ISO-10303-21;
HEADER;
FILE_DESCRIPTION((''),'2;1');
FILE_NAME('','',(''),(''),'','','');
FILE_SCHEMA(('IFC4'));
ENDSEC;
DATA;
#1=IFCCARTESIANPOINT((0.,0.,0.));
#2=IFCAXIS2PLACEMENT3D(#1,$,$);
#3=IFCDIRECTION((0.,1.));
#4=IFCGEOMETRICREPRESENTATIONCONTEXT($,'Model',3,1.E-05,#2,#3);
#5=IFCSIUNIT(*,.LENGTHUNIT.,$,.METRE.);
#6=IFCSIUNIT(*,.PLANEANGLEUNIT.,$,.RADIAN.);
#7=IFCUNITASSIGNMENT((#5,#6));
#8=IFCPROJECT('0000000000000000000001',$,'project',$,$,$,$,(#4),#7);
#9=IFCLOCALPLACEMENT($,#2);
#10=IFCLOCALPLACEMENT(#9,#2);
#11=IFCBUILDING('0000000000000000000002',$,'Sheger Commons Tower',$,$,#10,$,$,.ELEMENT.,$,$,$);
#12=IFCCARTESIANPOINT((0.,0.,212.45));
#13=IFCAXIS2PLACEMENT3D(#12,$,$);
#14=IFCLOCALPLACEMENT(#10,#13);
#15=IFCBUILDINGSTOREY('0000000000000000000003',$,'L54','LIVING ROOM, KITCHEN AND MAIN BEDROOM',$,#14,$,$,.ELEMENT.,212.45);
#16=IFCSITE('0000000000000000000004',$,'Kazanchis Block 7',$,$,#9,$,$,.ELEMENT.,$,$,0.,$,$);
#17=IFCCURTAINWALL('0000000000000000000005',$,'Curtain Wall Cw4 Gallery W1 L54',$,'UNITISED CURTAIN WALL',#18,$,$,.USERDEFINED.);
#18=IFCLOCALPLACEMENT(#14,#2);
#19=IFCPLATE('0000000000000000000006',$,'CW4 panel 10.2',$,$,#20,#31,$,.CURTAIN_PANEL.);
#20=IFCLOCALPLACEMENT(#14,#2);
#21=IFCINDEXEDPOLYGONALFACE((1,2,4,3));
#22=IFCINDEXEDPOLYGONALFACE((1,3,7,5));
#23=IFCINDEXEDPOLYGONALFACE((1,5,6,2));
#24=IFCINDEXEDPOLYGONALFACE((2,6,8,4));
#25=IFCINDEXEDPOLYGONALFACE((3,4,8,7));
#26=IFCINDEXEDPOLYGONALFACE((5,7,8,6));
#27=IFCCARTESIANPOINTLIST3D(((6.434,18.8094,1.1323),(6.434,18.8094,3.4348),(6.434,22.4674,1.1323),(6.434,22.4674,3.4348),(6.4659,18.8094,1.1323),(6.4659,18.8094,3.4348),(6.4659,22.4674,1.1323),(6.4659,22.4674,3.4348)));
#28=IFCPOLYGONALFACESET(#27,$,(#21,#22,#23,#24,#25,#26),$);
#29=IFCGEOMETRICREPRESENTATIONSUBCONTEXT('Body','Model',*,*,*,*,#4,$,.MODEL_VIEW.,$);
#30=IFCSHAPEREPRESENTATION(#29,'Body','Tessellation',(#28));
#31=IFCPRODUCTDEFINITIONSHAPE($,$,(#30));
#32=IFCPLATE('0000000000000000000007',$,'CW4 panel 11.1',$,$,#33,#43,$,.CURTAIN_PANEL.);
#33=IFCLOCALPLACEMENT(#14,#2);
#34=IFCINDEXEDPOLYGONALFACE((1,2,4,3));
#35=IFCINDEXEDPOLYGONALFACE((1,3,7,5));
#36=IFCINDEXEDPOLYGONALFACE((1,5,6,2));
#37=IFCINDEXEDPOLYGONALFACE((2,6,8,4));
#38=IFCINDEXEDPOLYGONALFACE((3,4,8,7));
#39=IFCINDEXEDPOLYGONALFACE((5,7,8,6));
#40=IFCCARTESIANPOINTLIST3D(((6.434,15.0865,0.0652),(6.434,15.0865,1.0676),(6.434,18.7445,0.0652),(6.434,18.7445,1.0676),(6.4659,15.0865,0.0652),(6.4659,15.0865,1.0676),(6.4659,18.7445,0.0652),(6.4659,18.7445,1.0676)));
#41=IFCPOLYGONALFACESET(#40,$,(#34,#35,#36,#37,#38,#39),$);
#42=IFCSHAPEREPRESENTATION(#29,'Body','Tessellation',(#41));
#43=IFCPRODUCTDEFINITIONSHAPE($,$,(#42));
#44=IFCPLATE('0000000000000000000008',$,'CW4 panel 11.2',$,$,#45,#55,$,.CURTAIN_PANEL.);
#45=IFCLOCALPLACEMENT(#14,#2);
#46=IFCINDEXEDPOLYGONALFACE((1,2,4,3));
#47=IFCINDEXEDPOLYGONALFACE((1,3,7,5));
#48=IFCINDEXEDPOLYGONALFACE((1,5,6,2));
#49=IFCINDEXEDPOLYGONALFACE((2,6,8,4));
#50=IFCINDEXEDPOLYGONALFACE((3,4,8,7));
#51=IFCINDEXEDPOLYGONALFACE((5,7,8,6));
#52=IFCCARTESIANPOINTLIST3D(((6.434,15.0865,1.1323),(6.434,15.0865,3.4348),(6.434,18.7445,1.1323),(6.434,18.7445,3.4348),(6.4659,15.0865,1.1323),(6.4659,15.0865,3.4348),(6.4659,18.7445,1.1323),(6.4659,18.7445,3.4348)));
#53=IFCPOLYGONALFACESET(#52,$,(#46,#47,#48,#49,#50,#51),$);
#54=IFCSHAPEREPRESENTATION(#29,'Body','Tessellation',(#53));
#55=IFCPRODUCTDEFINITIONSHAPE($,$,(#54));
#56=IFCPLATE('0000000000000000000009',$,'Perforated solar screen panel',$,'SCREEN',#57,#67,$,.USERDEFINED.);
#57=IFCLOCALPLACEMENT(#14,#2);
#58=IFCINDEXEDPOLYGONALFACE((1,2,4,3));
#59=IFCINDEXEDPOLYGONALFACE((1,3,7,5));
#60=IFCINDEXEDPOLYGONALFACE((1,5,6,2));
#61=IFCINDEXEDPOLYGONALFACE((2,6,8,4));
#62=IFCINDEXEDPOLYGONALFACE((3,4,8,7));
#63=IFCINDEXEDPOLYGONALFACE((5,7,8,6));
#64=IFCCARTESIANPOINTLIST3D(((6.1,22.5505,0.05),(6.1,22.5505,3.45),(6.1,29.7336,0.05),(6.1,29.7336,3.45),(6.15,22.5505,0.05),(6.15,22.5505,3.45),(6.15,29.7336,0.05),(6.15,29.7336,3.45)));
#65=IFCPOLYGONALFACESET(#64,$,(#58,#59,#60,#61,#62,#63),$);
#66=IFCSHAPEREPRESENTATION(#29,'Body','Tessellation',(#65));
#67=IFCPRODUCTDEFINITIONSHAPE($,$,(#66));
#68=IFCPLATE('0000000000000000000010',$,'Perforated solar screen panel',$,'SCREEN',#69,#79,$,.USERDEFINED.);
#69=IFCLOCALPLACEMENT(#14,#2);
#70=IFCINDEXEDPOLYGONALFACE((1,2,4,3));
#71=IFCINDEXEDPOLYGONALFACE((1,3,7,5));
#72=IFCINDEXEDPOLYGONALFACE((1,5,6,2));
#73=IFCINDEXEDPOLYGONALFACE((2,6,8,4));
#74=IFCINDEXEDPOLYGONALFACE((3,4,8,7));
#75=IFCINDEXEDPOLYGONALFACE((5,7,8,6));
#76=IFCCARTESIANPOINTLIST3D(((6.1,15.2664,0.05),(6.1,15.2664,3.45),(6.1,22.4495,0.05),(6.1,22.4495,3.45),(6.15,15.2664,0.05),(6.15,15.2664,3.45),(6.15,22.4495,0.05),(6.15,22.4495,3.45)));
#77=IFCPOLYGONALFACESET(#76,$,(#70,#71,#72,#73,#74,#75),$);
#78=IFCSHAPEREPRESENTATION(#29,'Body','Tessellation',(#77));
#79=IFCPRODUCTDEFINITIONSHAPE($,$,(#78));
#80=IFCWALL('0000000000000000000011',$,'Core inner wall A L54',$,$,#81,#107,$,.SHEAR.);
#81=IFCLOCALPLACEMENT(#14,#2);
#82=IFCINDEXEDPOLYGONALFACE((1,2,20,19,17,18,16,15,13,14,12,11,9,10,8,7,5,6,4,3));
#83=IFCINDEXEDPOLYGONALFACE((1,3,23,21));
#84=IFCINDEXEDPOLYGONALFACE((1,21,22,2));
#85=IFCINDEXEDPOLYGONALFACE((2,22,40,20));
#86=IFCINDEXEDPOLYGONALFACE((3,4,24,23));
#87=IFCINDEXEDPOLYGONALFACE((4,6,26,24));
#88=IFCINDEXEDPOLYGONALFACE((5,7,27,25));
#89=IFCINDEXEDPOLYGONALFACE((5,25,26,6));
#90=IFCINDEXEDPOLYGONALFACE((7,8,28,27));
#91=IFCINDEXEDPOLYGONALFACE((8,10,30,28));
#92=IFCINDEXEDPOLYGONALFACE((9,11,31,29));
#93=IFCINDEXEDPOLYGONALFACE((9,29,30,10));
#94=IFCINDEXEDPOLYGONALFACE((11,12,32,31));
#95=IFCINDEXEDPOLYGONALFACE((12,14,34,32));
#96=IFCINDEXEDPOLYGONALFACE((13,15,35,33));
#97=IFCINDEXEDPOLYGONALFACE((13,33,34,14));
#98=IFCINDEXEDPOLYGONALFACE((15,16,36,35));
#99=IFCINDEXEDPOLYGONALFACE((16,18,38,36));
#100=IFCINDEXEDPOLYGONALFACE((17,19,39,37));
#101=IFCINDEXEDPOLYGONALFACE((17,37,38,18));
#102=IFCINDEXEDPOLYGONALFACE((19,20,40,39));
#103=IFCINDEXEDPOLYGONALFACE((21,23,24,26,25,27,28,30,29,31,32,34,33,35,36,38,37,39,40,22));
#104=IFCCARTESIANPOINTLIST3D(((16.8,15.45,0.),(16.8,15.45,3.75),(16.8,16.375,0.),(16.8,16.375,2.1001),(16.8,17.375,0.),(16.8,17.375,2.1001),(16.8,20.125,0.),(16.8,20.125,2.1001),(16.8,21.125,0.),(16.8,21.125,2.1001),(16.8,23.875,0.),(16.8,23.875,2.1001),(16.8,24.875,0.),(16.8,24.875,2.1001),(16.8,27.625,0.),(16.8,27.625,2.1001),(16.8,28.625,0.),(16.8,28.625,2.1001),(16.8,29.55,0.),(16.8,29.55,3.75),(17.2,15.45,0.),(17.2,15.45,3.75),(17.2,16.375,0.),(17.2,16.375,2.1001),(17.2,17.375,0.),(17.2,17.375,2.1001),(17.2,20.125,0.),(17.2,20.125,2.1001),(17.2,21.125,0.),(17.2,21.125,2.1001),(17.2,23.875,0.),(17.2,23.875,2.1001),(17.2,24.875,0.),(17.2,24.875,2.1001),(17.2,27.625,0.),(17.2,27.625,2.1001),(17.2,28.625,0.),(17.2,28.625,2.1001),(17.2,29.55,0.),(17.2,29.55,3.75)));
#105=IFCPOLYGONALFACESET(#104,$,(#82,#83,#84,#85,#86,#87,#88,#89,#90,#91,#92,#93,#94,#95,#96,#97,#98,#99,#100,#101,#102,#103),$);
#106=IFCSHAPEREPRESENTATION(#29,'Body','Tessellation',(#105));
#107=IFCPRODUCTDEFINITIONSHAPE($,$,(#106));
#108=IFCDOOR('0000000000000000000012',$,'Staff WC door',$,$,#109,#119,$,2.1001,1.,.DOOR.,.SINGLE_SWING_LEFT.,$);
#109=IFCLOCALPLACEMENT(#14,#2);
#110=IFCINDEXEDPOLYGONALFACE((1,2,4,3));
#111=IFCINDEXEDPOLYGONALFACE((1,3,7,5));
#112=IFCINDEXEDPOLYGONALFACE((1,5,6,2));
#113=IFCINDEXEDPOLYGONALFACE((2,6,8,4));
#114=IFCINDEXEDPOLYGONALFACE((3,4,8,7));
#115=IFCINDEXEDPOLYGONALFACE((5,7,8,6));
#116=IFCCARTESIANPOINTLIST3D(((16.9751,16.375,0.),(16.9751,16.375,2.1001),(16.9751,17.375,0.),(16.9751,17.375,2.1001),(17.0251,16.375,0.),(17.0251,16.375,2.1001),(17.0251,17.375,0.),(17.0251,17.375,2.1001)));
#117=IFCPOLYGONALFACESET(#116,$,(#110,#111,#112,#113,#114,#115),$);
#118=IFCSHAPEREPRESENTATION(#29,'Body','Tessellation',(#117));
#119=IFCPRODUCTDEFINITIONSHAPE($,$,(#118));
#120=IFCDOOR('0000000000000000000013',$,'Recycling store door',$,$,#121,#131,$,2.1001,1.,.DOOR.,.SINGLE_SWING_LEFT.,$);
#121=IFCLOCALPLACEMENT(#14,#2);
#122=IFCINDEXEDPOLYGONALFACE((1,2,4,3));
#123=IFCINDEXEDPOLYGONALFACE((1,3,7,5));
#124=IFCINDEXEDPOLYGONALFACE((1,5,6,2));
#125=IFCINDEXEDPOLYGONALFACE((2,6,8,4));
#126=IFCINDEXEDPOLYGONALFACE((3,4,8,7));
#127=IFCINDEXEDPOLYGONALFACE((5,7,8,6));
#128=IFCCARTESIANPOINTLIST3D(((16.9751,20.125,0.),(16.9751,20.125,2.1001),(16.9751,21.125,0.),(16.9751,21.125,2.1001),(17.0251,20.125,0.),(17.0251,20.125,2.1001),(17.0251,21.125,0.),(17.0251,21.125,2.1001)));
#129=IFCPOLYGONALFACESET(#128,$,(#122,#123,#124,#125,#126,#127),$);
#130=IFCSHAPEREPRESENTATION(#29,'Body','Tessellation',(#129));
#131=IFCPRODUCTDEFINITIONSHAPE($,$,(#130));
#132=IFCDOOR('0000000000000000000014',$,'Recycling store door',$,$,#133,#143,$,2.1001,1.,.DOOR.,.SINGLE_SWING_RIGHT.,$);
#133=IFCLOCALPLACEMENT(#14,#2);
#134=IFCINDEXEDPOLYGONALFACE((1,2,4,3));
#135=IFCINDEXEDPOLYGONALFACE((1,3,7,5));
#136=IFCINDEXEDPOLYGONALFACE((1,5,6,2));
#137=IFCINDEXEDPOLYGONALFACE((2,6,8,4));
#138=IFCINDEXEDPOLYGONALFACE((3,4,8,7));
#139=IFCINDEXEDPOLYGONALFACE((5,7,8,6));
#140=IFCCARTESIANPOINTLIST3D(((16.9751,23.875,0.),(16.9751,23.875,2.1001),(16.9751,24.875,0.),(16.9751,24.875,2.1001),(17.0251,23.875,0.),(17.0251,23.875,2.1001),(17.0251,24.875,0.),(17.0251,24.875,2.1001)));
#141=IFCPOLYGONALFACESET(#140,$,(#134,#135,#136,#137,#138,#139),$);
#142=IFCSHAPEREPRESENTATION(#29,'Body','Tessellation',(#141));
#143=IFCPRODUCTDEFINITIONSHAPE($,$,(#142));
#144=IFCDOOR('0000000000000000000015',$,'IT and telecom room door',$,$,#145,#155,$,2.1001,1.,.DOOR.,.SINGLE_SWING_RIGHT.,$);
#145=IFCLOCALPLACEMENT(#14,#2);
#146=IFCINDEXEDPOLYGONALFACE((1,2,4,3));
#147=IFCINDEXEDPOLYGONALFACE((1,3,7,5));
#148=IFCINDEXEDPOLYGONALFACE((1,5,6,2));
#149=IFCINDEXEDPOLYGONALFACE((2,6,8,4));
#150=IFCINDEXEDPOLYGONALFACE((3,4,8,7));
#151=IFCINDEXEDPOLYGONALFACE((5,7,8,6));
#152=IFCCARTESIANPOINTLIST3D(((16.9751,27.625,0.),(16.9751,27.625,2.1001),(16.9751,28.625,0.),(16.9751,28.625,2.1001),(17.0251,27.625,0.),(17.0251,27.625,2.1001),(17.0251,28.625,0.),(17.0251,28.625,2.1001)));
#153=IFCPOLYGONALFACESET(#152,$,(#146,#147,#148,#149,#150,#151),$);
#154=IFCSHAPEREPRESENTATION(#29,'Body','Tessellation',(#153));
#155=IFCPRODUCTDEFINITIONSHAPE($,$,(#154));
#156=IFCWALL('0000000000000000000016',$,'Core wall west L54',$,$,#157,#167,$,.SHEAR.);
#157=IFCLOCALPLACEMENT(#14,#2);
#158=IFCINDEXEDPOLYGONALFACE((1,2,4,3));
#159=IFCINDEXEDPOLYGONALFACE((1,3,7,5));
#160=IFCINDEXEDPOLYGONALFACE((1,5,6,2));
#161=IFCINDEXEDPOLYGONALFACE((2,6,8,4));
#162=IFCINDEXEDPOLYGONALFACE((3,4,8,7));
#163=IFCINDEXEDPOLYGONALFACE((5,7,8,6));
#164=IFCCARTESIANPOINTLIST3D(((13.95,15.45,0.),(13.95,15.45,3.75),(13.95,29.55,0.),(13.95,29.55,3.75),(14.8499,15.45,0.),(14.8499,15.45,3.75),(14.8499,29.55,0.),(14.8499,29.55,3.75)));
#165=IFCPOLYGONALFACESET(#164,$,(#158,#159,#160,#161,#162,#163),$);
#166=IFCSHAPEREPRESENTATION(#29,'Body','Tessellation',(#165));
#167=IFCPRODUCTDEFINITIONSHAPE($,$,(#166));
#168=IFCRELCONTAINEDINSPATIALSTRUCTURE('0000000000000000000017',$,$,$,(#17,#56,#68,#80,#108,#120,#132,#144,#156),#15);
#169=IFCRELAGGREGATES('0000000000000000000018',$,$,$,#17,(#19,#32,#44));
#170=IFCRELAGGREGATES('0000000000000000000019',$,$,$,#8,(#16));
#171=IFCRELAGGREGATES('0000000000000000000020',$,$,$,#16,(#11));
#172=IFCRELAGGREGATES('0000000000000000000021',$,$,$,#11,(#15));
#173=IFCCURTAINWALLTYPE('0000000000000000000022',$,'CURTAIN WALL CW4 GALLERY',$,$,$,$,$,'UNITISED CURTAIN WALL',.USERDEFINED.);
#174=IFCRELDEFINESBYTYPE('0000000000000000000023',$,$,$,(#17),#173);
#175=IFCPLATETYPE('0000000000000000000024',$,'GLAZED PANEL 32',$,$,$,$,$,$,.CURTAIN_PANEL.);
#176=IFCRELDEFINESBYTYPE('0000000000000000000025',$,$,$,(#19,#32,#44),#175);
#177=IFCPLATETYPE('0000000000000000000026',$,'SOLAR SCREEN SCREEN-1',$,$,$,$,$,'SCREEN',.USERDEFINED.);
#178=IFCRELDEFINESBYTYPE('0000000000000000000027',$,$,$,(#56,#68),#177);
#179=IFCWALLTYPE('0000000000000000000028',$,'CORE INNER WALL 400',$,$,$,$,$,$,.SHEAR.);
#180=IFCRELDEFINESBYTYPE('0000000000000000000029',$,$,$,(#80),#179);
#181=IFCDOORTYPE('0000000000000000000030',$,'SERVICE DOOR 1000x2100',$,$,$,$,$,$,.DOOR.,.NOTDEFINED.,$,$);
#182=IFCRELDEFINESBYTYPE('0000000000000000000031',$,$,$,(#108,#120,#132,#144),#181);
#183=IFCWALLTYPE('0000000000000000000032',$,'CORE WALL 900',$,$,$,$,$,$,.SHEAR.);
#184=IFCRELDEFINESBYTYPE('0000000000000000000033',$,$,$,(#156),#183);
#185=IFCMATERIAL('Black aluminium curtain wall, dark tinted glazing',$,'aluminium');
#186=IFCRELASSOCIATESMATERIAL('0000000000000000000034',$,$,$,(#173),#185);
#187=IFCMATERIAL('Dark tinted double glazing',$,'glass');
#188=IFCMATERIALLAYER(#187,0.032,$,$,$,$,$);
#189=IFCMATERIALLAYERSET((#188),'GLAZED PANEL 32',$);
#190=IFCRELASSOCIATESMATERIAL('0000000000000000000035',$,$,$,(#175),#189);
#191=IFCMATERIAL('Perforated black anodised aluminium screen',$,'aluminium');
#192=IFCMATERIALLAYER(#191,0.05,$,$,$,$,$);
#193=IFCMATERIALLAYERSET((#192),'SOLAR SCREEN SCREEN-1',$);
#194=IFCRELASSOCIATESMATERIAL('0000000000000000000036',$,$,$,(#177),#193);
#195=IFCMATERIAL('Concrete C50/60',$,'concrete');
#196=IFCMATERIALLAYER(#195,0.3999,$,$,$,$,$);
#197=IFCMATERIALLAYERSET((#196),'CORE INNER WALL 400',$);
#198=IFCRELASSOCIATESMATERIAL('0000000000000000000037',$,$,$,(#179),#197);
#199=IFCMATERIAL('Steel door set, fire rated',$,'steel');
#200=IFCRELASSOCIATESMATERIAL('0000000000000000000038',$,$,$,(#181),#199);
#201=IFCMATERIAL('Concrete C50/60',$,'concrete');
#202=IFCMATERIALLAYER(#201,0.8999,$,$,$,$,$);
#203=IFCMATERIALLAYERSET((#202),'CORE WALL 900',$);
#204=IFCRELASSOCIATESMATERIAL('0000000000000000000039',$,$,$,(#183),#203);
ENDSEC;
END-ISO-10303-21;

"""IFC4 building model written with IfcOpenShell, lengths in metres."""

from ifc_helpers import new_model, si_unit, direction, frame, frame_2d, origin, origin_2d, place, context, subcontext, project, spatial, rectangle, extrude, material, layer, layer_set, type_object, element, fill, aggregate, save


model = new_model("IFC4")

# Units and contexts
model_context = context("Model", 3, precision=1e-05, world=origin(), true_north=direction((0.0, 1.0)))
body_context = subcontext(model_context, "Body", "Model", "MODEL_VIEW")
ifc_project = project(units=[si_unit("LENGTHUNIT", "METRE"), si_unit("PLANEANGLEUNIT", "RADIAN")], contexts=[model_context])

# Site, building, storey
site_placement = place(None, origin())
site = spatial("IfcSite", under=ifc_project, at=site_placement, Name="Kazanchis Block 7", CompositionType="ELEMENT", RefElevation=0.0)
building_placement = place(site_placement, origin())
building = spatial("IfcBuilding", under=site, at=building_placement, Name="Sheger Commons Tower", CompositionType="ELEMENT")
storey_placement = place(building_placement, frame((0.0, 0.0, 212.45)))
storey = spatial("IfcBuildingStorey", under=building, at=storey_placement, Name="L54", Description="LIVING ROOM, KITCHEN AND MAIN BEDROOM", CompositionType="ELEMENT", Elevation=212.45)

# Curtain wall
ifc_material_1 = material(Name="Black aluminium curtain wall, dark tinted glazing", Category="aluminium")
curtain_wall_type = type_object("IfcCurtainWallType", Name="CURTAIN WALL CW4 GALLERY", ElementType="UNITISED CURTAIN WALL", PredefinedType="USERDEFINED", material=ifc_material_1)
curtain_wall_placement = place(storey_placement, origin())
curtain_wall = element("IfcCurtainWall", 1, at=curtain_wall_placement, inside=storey, type_object=curtain_wall_type, Name="Curtain Wall Cw4 Gallery W1 L54", ObjectType="UNITISED CURTAIN WALL", PredefinedType="USERDEFINED")

# Plates
ifc_material_2 = material(Name="Dark tinted double glazing", Category="glass")
ifc_layer_1 = layer(ifc_material_2, 0.032)
ifc_layer_set_1 = layer_set([ifc_layer_1], Name="GLAZED PANEL 32")
plate_type_1 = type_object("IfcPlateType", Name="GLAZED PANEL 32", PredefinedType="CURTAIN_PANEL", material=ifc_layer_set_1)
plate_1_placement = place(storey_placement, frame((6.45, 20.6384, 1.1323), z_axis=(0.0, 0.0, 1.0), x_axis=(0.0, -1.0, 0.0)))
plate_1 = element("IfcPlate", 2, at=plate_1_placement, type_object=plate_type_1, Name="CW4 panel 10.2", PredefinedType="CURTAIN_PANEL", context=body_context, shape_type="SweptSolid", body=[
    extrude(rectangle(XDim=3.658, YDim=0.032, at=origin_2d()), origin(), (0.0, 0.0, 1.0), 2.3025),
])
plate_2_placement = place(storey_placement, frame((6.45, 16.9155, 0.0652), z_axis=(0.0, 0.0, 1.0), x_axis=(0.0, -1.0, 0.0)))
plate_2 = element("IfcPlate", 3, at=plate_2_placement, type_object=plate_type_1, Name="CW4 panel 11.1", PredefinedType="CURTAIN_PANEL", context=body_context, shape_type="SweptSolid", body=[
    extrude(rectangle(XDim=3.658, YDim=0.032, at=origin_2d()), origin(), (0.0, 0.0, 1.0), 1.0024),
])
plate_3_placement = place(storey_placement, frame((6.45, 16.9155, 1.1323), z_axis=(0.0, 0.0, 1.0), x_axis=(0.0, -1.0, 0.0)))
plate_3 = element("IfcPlate", 4, at=plate_3_placement, type_object=plate_type_1, Name="CW4 panel 11.2", PredefinedType="CURTAIN_PANEL", context=body_context, shape_type="SweptSolid", body=[
    extrude(rectangle(XDim=3.658, YDim=0.032, at=origin_2d()), origin(), (0.0, 0.0, 1.0), 2.3025),
])
aggregate(curtain_wall, [plate_1, plate_2, plate_3])

# Plates
ifc_material_3 = material(Name="Perforated black anodised aluminium screen", Category="aluminium")
ifc_layer_2 = layer(ifc_material_3, 0.05)
ifc_layer_set_2 = layer_set([ifc_layer_2], Name="SOLAR SCREEN SCREEN-1")
plate_type_2 = type_object("IfcPlateType", Name="SOLAR SCREEN SCREEN-1", ElementType="SCREEN", PredefinedType="USERDEFINED", material=ifc_layer_set_2)
for number, where, z_axis, x_axis, name in (
    (5, (6.125, 26.1421, 0.05), (0.0, 0.0, 1.0), (0.0, -1.0, 0.0), "Perforated solar screen panel"),
    (6, (6.125, 18.8579, 0.05), (0.0, 0.0, 1.0), (0.0, -1.0, 0.0), "Perforated solar screen panel"),
):
    element("IfcPlate", number, at=place(storey_placement, frame(where, z_axis=z_axis, x_axis=x_axis)), inside=storey, type_object=plate_type_2, Name=name, ObjectType="SCREEN", PredefinedType="USERDEFINED", context=body_context, shape_type="SweptSolid", body=[
        extrude(rectangle(XDim=7.1831, YDim=0.05, at=origin_2d()), origin(), (0.0, 0.0, 1.0), 3.3999),
    ])

# Wall, openings, doors
ifc_material_4 = material(Name="Concrete C50/60", Category="concrete")
ifc_layer_3 = layer(ifc_material_4, 0.3999)
ifc_layer_set_3 = layer_set([ifc_layer_3], Name="CORE INNER WALL 400")
wall_type_1 = type_object("IfcWallType", Name="CORE INNER WALL 400", PredefinedType="SHEAR", material=ifc_layer_set_3)
wall_1_placement = place(storey_placement, frame((17.0, 15.45, 0.0), z_axis=(0.0, 0.0, 1.0), x_axis=(0.0, 1.0, 0.0)))
wall_1 = element("IfcWall", 7, at=wall_1_placement, inside=storey, type_object=wall_type_1, Name="Core inner wall A L54", PredefinedType="SHEAR", context=body_context, shape_type="SweptSolid", body=[
    extrude(rectangle(XDim=14.1001, YDim=0.3999, at=frame_2d((7.05, 0.0))), origin(), (0.0, 0.0, 1.0), 3.75),
])
opening_1_placement = place(wall_1_placement, frame((0.925, 0.0, 0.0)))
opening_1 = element("IfcOpeningElement", 8, at=opening_1_placement, cuts=wall_1, PredefinedType="OPENING", context=body_context, shape_type="SweptSolid", body=[
    extrude(rectangle(XDim=1.0, YDim=2.1001, at=frame_2d((0.5, 1.05))), frame((0.0, 0.21, 0.0), z_axis=(0.0, -1.0, 0.0), x_axis=(1.0, 0.0, 0.0)), (0.0, 0.0, 1.0), 0.4199),
])
opening_2_placement = place(wall_1_placement, frame((4.675, 0.0, 0.0)))
opening_2 = element("IfcOpeningElement", 9, at=opening_2_placement, cuts=wall_1, PredefinedType="OPENING", context=body_context, shape_type="SweptSolid", body=[
    extrude(rectangle(XDim=1.0, YDim=2.1001, at=frame_2d((0.5, 1.05))), frame((0.0, 0.21, 0.0), z_axis=(0.0, -1.0, 0.0), x_axis=(1.0, 0.0, 0.0)), (0.0, 0.0, 1.0), 0.4199),
])
opening_3_placement = place(wall_1_placement, frame((8.425, 0.0, 0.0)))
opening_3 = element("IfcOpeningElement", 10, at=opening_3_placement, cuts=wall_1, PredefinedType="OPENING", context=body_context, shape_type="SweptSolid", body=[
    extrude(rectangle(XDim=1.0, YDim=2.1001, at=frame_2d((0.5, 1.05))), frame((0.0, 0.21, 0.0), z_axis=(0.0, -1.0, 0.0), x_axis=(1.0, 0.0, 0.0)), (0.0, 0.0, 1.0), 0.4199),
])
opening_4_placement = place(wall_1_placement, frame((12.175, 0.0, 0.0)))
opening_4 = element("IfcOpeningElement", 11, at=opening_4_placement, cuts=wall_1, PredefinedType="OPENING", context=body_context, shape_type="SweptSolid", body=[
    extrude(rectangle(XDim=1.0, YDim=2.1001, at=frame_2d((0.5, 1.05))), frame((0.0, 0.21, 0.0), z_axis=(0.0, -1.0, 0.0), x_axis=(1.0, 0.0, 0.0)), (0.0, 0.0, 1.0), 0.4199),
])
ifc_material_5 = material(Name="Steel door set, fire rated", Category="steel")
door_type = type_object("IfcDoorType", Name="SERVICE DOOR 1000x2100", OperationType="NOTDEFINED", PredefinedType="DOOR", material=ifc_material_5)
door_1_placement = place(opening_1_placement, origin())
door_1 = element("IfcDoor", 12, at=door_1_placement, inside=storey, type_object=door_type, Name="Staff WC door", OperationType="SINGLE_SWING_LEFT", OverallHeight=2.1001, OverallWidth=1.0, PredefinedType="DOOR", context=body_context, shape_type="SweptSolid", body=[
    extrude(rectangle(XDim=1.0, YDim=2.1001, at=frame_2d((0.5, 1.05))), frame((0.0, 0.0249, 0.0), z_axis=(0.0, -1.0, 0.0), x_axis=(1.0, 0.0, 0.0)), (0.0, 0.0, 1.0), 0.05),
])
fill(opening_1, door_1)
door_2_placement = place(opening_2_placement, origin())
door_2 = element("IfcDoor", 13, at=door_2_placement, inside=storey, type_object=door_type, Name="Recycling store door", OperationType="SINGLE_SWING_LEFT", OverallHeight=2.1001, OverallWidth=1.0, PredefinedType="DOOR", context=body_context, shape_type="SweptSolid", body=[
    extrude(rectangle(XDim=1.0, YDim=2.1001, at=frame_2d((0.5, 1.05))), frame((0.0, 0.0249, 0.0), z_axis=(0.0, -1.0, 0.0), x_axis=(1.0, 0.0, 0.0)), (0.0, 0.0, 1.0), 0.05),
])
fill(opening_2, door_2)
door_3_placement = place(opening_3_placement, origin())
door_3 = element("IfcDoor", 14, at=door_3_placement, inside=storey, type_object=door_type, Name="Recycling store door", OperationType="SINGLE_SWING_RIGHT", OverallHeight=2.1001, OverallWidth=1.0, PredefinedType="DOOR", context=body_context, shape_type="SweptSolid", body=[
    extrude(rectangle(XDim=1.0, YDim=2.1001, at=frame_2d((0.5, 1.05))), frame((0.0, 0.0249, 0.0), z_axis=(0.0, -1.0, 0.0), x_axis=(1.0, 0.0, 0.0)), (0.0, 0.0, 1.0), 0.05),
])
fill(opening_3, door_3)
door_4_placement = place(opening_4_placement, origin())
door_4 = element("IfcDoor", 15, at=door_4_placement, inside=storey, type_object=door_type, Name="IT and telecom room door", OperationType="SINGLE_SWING_RIGHT", OverallHeight=2.1001, OverallWidth=1.0, PredefinedType="DOOR", context=body_context, shape_type="SweptSolid", body=[
    extrude(rectangle(XDim=1.0, YDim=2.1001, at=frame_2d((0.5, 1.05))), frame((0.0, 0.0249, 0.0), z_axis=(0.0, -1.0, 0.0), x_axis=(1.0, 0.0, 0.0)), (0.0, 0.0, 1.0), 0.05),
])
fill(opening_4, door_4)

# Wall
ifc_material_6 = material(Name="Concrete C50/60", Category="concrete")
ifc_layer_4 = layer(ifc_material_6, 0.8999)
ifc_layer_set_4 = layer_set([ifc_layer_4], Name="CORE WALL 900")
wall_type_2 = type_object("IfcWallType", Name="CORE WALL 900", PredefinedType="SHEAR", material=ifc_layer_set_4)
wall_2_placement = place(storey_placement, frame((14.3999, 15.45, 0.0), z_axis=(0.0, 0.0, 1.0), x_axis=(0.0, 1.0, 0.0)))
element("IfcWall", 16, at=wall_2_placement, inside=storey, type_object=wall_type_2, Name="Core wall west L54", PredefinedType="SHEAR", context=body_context, shape_type="SweptSolid", body=[
    extrude(rectangle(XDim=14.1001, YDim=0.8999, at=frame_2d((7.05, 0.0))), origin(), (0.0, 0.0, 1.0), 3.75),
])

save(model, "model.ifc")
